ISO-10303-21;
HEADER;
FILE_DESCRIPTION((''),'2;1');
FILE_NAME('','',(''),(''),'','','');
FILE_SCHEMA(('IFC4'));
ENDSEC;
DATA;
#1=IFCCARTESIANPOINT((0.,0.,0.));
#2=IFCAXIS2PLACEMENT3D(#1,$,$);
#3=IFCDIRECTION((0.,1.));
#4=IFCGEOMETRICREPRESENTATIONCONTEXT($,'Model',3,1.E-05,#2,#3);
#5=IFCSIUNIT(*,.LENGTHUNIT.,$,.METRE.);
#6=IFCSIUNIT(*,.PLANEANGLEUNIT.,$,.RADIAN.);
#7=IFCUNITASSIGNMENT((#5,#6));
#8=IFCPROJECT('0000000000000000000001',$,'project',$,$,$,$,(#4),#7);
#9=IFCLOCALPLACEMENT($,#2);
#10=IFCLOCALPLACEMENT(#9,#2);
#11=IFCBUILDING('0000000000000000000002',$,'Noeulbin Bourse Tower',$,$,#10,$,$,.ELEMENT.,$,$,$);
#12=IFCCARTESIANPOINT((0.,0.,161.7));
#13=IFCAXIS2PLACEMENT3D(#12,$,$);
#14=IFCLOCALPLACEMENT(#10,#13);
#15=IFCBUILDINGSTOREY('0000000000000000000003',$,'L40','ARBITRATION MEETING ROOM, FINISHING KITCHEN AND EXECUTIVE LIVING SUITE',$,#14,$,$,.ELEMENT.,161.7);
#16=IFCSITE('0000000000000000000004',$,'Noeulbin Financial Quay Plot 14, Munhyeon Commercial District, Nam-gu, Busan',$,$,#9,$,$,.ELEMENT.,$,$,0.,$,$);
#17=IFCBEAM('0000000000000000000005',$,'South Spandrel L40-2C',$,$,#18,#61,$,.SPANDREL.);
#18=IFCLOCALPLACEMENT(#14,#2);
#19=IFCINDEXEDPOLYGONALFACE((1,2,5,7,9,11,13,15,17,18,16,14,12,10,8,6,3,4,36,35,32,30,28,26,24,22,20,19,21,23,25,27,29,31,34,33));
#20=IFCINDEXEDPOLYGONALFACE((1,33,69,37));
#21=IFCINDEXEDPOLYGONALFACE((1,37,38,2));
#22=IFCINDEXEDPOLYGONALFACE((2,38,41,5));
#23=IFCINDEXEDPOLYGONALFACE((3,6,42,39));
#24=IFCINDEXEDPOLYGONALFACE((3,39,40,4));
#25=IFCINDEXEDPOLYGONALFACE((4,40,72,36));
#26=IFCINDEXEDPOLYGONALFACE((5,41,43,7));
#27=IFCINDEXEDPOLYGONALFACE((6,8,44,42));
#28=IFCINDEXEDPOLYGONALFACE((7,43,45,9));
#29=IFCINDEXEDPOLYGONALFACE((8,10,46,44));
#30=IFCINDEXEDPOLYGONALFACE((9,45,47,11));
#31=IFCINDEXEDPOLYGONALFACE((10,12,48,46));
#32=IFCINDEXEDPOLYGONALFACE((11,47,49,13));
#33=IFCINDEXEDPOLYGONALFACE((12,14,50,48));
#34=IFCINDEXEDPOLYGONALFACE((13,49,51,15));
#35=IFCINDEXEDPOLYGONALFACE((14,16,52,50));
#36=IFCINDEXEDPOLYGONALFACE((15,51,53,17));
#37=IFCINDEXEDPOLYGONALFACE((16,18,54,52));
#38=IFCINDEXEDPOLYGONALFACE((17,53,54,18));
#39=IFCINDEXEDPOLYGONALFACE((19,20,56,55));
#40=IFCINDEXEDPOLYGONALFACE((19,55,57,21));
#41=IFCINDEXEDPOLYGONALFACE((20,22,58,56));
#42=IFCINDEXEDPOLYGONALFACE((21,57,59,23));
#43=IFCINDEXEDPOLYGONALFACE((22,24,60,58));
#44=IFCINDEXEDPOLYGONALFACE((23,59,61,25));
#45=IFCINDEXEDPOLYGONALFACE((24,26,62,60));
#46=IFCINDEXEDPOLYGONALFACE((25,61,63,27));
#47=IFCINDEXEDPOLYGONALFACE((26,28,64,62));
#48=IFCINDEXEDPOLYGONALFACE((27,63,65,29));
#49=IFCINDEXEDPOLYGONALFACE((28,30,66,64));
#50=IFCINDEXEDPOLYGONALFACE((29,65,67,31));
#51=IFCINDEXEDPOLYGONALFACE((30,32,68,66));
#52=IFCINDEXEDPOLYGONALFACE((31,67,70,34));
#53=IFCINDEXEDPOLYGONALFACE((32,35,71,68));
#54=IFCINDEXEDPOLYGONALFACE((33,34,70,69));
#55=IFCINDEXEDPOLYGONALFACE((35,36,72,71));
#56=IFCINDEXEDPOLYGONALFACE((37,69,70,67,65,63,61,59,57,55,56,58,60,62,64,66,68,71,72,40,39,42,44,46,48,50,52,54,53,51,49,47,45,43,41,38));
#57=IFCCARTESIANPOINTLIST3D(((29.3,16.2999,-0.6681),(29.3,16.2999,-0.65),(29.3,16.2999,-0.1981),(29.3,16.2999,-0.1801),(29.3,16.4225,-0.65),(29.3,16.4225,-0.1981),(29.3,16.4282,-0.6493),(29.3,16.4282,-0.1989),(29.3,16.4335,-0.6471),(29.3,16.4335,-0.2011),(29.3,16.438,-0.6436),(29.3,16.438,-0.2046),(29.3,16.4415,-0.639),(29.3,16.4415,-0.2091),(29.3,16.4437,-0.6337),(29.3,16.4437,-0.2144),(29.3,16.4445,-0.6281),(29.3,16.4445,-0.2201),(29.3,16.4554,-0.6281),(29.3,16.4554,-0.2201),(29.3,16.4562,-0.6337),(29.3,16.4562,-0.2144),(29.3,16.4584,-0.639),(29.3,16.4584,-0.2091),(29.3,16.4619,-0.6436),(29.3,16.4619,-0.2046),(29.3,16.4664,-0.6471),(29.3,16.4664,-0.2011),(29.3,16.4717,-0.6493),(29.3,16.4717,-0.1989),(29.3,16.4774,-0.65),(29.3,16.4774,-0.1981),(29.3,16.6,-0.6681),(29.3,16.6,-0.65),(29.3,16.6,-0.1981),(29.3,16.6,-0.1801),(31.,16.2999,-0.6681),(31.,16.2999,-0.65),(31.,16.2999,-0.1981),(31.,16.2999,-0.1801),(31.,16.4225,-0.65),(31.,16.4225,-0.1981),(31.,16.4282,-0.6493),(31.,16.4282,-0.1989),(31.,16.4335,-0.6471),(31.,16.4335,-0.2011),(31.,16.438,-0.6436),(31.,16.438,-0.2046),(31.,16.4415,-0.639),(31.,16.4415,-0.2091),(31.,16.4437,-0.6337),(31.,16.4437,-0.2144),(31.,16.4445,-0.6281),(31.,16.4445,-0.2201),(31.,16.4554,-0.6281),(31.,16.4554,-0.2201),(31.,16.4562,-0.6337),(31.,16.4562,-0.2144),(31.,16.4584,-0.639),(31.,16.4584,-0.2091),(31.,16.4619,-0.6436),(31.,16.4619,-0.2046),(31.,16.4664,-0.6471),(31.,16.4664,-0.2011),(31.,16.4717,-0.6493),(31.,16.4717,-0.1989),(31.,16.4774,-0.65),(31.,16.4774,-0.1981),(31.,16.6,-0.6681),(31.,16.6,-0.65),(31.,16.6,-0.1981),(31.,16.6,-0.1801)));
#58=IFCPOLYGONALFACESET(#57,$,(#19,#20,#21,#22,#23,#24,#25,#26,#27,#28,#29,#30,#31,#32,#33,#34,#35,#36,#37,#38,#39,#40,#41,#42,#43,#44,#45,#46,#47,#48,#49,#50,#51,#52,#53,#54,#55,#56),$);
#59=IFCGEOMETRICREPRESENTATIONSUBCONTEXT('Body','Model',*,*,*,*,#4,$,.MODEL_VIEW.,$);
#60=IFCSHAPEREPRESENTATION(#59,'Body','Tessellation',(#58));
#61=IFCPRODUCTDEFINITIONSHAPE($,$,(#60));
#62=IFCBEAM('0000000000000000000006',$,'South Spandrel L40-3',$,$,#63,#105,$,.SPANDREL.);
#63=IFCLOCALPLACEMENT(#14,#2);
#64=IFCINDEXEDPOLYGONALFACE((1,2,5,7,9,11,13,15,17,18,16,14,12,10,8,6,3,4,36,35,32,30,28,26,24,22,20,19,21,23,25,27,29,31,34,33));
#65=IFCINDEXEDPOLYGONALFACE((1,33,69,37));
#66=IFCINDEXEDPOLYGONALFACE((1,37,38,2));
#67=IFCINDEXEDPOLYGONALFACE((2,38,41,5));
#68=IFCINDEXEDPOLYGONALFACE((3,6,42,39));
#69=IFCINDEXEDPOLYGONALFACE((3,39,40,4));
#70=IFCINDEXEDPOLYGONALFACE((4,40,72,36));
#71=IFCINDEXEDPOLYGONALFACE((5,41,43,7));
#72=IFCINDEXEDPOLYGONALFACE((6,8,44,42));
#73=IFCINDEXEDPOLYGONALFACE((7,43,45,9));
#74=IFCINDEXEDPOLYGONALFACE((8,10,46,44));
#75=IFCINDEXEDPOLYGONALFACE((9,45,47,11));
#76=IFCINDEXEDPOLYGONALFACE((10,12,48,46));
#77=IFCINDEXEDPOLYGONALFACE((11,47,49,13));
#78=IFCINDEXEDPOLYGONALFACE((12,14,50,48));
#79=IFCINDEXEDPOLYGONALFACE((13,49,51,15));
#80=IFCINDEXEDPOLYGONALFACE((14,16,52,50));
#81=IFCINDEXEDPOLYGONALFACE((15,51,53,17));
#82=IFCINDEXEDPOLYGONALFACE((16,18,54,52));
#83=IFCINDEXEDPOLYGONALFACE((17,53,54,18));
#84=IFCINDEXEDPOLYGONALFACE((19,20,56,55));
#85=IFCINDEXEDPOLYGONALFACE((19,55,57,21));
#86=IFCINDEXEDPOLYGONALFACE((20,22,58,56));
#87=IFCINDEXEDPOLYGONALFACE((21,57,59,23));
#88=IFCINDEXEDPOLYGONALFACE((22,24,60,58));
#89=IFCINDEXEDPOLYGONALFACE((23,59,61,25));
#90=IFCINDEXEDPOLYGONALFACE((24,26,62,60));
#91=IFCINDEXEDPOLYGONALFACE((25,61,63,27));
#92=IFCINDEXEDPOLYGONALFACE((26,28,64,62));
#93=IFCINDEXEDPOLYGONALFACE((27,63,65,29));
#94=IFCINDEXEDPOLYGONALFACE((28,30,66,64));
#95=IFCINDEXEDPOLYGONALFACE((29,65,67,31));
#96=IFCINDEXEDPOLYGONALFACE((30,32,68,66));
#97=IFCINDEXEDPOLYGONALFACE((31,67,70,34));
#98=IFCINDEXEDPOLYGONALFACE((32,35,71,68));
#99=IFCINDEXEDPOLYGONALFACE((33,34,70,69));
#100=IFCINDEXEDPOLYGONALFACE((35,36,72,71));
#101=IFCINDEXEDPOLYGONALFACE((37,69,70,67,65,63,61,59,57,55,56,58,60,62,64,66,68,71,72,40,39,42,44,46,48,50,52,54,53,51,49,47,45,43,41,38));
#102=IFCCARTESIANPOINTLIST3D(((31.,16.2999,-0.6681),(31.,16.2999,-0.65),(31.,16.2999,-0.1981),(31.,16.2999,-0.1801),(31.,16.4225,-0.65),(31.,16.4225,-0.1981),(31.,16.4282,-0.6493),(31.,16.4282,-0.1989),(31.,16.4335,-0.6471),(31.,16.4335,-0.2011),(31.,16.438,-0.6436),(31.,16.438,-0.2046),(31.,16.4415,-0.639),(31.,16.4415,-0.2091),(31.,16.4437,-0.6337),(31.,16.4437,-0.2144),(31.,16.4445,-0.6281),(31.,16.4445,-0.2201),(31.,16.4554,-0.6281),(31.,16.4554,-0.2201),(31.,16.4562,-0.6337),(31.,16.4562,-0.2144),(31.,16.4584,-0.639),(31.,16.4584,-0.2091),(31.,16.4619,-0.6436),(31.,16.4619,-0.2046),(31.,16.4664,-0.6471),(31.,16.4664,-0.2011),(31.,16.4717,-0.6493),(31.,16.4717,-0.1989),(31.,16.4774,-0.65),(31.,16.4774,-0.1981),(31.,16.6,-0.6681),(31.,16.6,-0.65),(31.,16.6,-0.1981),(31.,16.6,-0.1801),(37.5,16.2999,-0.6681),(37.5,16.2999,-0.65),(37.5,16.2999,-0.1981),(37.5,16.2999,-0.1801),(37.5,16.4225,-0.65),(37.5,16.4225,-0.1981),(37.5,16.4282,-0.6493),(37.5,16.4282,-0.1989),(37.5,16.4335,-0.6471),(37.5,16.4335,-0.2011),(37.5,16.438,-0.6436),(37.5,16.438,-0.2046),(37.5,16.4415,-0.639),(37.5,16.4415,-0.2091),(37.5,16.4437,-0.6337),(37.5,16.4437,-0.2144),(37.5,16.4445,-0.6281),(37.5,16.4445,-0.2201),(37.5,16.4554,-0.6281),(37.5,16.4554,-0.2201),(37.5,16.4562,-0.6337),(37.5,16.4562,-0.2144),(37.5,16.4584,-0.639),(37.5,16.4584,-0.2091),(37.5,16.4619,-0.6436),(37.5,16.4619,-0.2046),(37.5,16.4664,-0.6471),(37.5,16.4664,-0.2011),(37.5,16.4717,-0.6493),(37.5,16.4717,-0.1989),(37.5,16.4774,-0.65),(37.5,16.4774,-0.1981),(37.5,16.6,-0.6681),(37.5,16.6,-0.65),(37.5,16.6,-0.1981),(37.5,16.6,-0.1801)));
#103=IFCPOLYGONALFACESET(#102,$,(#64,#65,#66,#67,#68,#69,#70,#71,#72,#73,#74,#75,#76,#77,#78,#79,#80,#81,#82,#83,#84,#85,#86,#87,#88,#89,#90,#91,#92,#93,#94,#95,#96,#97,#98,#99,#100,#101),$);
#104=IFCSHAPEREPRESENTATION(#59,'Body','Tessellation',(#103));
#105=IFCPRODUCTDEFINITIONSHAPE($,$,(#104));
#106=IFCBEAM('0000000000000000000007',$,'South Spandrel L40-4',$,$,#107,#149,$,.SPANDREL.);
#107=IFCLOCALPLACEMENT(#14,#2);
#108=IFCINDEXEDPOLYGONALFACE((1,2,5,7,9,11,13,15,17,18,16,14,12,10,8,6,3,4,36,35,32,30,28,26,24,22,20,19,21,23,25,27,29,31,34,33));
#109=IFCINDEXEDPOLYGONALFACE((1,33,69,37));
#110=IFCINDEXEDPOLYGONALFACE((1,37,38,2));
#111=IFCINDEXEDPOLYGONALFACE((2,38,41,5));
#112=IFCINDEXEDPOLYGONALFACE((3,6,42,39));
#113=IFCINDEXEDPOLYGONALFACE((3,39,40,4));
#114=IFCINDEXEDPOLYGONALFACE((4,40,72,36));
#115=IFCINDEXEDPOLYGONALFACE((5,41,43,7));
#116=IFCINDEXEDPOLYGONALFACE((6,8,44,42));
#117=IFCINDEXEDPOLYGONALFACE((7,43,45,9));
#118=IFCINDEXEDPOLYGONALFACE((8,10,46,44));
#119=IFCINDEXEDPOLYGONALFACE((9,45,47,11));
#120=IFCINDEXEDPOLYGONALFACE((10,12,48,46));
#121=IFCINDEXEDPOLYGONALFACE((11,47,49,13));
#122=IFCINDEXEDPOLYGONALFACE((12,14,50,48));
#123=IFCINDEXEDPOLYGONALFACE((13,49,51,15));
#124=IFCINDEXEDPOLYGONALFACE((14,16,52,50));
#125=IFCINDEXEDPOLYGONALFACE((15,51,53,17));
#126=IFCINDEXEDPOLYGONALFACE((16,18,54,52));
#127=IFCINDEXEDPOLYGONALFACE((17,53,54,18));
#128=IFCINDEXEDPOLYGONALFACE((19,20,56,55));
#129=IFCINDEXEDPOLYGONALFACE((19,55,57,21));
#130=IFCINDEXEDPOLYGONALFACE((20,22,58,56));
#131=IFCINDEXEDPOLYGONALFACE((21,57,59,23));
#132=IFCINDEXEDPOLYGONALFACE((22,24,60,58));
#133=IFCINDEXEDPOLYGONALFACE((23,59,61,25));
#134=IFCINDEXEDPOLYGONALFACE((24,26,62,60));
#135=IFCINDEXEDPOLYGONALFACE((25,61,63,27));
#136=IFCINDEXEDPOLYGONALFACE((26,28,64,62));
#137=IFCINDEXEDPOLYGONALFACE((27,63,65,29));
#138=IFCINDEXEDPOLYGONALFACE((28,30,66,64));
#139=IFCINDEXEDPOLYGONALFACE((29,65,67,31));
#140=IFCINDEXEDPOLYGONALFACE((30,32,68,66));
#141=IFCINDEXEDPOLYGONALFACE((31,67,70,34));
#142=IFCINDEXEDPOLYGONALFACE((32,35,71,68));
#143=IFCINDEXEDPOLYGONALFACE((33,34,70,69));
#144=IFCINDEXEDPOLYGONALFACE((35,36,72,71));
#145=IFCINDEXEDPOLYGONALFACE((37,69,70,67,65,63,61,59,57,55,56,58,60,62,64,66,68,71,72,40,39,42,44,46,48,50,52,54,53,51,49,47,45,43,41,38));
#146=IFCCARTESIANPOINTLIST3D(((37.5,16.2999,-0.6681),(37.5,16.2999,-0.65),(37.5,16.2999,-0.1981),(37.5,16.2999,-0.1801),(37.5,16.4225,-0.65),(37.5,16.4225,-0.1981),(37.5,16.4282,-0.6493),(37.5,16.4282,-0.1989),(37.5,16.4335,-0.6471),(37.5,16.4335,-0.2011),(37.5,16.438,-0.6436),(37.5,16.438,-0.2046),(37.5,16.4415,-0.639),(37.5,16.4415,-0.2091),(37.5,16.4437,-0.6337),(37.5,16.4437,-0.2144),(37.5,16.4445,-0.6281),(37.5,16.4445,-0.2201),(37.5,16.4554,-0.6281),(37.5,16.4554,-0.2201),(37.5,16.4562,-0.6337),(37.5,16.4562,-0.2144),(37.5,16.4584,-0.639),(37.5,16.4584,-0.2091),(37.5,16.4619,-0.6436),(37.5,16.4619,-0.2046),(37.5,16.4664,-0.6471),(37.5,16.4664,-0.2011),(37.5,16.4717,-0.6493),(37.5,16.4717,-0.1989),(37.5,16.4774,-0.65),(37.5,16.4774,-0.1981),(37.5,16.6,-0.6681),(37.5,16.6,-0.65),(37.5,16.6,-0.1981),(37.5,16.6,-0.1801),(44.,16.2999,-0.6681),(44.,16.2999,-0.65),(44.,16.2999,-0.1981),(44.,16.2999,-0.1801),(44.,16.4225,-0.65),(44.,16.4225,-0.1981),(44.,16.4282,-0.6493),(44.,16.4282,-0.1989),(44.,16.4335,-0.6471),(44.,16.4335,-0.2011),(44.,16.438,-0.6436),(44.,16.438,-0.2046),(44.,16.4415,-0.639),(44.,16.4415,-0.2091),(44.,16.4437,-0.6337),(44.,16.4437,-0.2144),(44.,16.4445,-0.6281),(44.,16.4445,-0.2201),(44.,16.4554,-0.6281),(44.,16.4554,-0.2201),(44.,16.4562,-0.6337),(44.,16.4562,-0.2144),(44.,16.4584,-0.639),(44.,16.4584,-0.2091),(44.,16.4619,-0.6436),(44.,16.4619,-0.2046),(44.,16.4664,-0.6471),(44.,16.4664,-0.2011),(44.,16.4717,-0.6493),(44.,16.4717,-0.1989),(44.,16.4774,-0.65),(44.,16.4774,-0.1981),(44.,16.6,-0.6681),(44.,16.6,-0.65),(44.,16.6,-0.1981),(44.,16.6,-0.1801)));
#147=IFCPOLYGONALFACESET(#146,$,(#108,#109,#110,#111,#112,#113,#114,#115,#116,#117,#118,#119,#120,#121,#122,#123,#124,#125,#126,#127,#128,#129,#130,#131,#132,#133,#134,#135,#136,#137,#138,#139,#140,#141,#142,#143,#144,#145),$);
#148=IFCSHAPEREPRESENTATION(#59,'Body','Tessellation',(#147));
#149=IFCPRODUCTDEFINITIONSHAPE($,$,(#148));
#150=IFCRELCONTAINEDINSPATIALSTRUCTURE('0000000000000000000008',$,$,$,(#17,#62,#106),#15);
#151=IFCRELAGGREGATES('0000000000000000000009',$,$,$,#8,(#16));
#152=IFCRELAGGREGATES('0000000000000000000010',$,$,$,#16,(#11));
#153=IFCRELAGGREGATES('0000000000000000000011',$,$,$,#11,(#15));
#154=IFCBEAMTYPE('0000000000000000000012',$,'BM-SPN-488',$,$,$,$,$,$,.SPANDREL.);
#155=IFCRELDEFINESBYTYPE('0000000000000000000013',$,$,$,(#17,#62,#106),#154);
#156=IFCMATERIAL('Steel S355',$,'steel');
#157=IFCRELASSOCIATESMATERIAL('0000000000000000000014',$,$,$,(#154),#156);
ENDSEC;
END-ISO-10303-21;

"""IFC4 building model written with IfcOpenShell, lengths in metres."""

from ifc_helpers import new_model, si_unit, direction, frame, origin, origin_2d, place, context, subcontext, project, spatial, i_section, extrude, material, material_profile, profile_set, type_object, element, save


model = new_model("IFC4")

# Units and contexts
model_context = context("Model", 3, precision=1e-05, world=origin(), true_north=direction((0.0, 1.0)))
body_context = subcontext(model_context, "Body", "Model", "MODEL_VIEW")
ifc_project = project(units=[si_unit("LENGTHUNIT", "METRE"), si_unit("PLANEANGLEUNIT", "RADIAN")], contexts=[model_context])

# Site, building, storey
site_placement = place(None, origin())
site = spatial("IfcSite", under=ifc_project, at=site_placement, Name="Noeulbin Financial Quay Plot 14, Munhyeon Commercial District, Nam-gu, Busan", CompositionType="ELEMENT", RefElevation=0.0)
building_placement = place(site_placement, origin())
building = spatial("IfcBuilding", under=site, at=building_placement, Name="Noeulbin Bourse Tower", CompositionType="ELEMENT")
storey_placement = place(building_placement, frame((0.0, 0.0, 161.7)))
storey = spatial("IfcBuildingStorey", under=building, at=storey_placement, Name="L40", Description="ARBITRATION MEETING ROOM, FINISHING KITCHEN AND EXECUTIVE LIVING SUITE", CompositionType="ELEMENT", Elevation=161.7)

# Shared definitions
ifc_material_1 = material(Name="Steel S355", Category="steel")

# Beams
ifc_material_profile_1 = material_profile(ifc_material_1, i_section(OverallWidth=0.3, OverallDepth=0.488, WebThickness=0.011, FlangeThickness=0.0181, FilletRadius=0.022, at=origin_2d()), Name="H-488x300x11x18", Category="LoadBearing")
ifc_profile_set_1 = profile_set([ifc_material_profile_1], Name="Steel S355")
beam_type_1 = type_object("IfcBeamType", Name="BM-SPN-488", PredefinedType="SPANDREL", material=ifc_profile_set_1)
beam_1_placement = place(storey_placement, frame((29.3, 16.45, -0.4241), z_axis=(1.0, 0.0, 0.0), x_axis=(0.0, 1.0, 0.0)))
element("IfcBeam", 1, at=beam_1_placement, inside=storey, type_object=beam_type_1, Name="South Spandrel L40-2C", PredefinedType="SPANDREL", context=body_context, shape_type="SweptSolid", body=[
    extrude(i_section(OverallWidth=0.3, OverallDepth=0.488, WebThickness=0.011, FlangeThickness=0.0181, FilletRadius=0.022, at=origin_2d()), origin(), (0.0, 0.0, 1.0), 1.7),
])
for number, where, z_axis, x_axis, name in (
    (2, (31.0, 16.45, -0.4241), (1.0, 0.0, 0.0), (0.0, 1.0, 0.0), "South Spandrel L40-3"),
    (3, (37.5, 16.45, -0.4241), (1.0, 0.0, 0.0), (0.0, 1.0, 0.0), "South Spandrel L40-4"),
):
    element("IfcBeam", number, at=place(storey_placement, frame(where, z_axis=z_axis, x_axis=x_axis)), inside=storey, type_object=beam_type_1, Name=name, PredefinedType="SPANDREL", context=body_context, shape_type="SweptSolid", body=[
        extrude(i_section(OverallWidth=0.3, OverallDepth=0.488, WebThickness=0.011, FlangeThickness=0.0181, FilletRadius=0.022, at=origin_2d()), origin(), (0.0, 0.0, 1.0), 6.5),
    ])

save(model, "model.ifc")
